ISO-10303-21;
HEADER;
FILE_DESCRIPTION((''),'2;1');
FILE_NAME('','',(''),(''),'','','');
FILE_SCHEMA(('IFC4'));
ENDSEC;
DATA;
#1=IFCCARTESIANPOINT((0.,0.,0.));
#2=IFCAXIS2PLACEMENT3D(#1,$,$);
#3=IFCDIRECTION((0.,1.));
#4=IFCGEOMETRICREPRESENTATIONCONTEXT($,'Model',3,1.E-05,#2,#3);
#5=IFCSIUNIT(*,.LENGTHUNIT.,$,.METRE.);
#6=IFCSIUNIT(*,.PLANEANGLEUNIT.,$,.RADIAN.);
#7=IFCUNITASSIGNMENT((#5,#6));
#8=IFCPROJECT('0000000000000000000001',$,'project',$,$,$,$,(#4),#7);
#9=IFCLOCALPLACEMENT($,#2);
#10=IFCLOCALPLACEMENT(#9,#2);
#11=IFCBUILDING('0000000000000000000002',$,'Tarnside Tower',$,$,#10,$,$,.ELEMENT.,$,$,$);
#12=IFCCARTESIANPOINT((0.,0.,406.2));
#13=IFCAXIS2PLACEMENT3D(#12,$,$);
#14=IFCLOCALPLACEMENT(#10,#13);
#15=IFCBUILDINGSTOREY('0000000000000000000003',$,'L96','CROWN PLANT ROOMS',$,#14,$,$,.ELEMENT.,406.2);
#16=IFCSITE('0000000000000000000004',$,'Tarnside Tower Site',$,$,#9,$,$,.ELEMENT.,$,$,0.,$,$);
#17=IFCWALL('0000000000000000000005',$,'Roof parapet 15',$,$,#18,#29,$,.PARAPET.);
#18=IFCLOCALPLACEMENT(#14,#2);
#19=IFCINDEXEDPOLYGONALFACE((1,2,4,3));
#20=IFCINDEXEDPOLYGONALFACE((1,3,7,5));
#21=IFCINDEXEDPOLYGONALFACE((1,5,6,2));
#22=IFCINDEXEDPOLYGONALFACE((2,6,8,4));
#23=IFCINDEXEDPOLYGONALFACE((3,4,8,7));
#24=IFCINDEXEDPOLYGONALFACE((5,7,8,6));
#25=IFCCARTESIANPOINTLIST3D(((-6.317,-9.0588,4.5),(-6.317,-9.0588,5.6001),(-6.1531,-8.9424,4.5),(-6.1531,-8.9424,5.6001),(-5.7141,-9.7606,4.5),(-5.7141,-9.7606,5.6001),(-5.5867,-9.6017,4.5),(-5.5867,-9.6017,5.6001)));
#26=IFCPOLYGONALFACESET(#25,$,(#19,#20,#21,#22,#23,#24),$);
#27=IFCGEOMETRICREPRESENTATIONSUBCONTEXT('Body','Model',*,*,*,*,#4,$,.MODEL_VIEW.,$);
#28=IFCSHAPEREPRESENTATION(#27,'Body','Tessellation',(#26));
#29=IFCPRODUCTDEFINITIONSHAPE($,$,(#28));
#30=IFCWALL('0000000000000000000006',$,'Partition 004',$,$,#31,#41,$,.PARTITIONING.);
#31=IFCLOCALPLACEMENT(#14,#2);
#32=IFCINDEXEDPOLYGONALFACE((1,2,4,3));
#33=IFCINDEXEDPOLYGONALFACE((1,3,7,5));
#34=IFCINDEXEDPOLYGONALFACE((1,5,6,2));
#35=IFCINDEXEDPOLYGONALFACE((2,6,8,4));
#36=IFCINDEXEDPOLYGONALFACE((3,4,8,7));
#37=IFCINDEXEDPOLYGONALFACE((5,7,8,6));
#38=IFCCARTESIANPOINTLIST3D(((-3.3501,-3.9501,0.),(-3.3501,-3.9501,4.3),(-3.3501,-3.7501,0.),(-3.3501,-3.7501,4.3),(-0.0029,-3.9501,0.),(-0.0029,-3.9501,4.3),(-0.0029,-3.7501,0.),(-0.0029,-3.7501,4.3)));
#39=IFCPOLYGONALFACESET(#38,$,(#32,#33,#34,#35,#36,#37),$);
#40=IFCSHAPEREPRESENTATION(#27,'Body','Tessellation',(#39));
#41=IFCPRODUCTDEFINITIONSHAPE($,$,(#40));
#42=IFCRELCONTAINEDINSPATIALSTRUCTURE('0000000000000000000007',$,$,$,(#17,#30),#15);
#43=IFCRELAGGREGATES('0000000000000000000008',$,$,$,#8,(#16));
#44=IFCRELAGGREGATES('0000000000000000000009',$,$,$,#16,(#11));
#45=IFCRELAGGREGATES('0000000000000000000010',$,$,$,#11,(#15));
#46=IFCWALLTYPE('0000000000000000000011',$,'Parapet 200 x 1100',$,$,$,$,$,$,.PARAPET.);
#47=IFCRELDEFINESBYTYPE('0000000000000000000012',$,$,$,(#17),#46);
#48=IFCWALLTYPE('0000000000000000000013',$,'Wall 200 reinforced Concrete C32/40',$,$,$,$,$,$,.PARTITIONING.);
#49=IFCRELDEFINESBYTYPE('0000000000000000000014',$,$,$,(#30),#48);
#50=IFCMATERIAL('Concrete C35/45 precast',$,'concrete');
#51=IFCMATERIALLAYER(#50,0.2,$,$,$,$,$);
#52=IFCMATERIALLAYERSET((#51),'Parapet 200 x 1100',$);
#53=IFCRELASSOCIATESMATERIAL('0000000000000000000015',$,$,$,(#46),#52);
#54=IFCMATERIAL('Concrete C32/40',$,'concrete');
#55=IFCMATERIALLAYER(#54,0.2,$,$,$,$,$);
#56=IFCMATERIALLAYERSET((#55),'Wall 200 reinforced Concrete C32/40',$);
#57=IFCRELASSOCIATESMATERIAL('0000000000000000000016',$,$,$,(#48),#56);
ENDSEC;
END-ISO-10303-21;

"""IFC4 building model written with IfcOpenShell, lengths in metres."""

from ifc_helpers import new_model, si_unit, direction, frame, frame_2d, origin, place, context, subcontext, project, spatial, polyline, rectangle, outline, extrude, material, layer, layer_set, type_object, element, save


model = new_model("IFC4")

# Units and contexts
model_context = context("Model", 3, precision=1e-05, world=origin(), true_north=direction((0.0, 1.0)))
body_context = subcontext(model_context, "Body", "Model", "MODEL_VIEW")
ifc_project = project(units=[si_unit("LENGTHUNIT", "METRE"), si_unit("PLANEANGLEUNIT", "RADIAN")], contexts=[model_context])

# Site, building, storey
site_placement = place(None, origin())
site = spatial("IfcSite", under=ifc_project, at=site_placement, Name="Tarnside Tower Site", CompositionType="ELEMENT", RefElevation=0.0)
building_placement = place(site_placement, origin())
building = spatial("IfcBuilding", under=site, at=building_placement, Name="Tarnside Tower", CompositionType="ELEMENT")
storey_placement = place(building_placement, frame((0.0, 0.0, 406.2)))
storey = spatial("IfcBuildingStorey", under=building, at=storey_placement, Name="L96", Description="CROWN PLANT ROOMS", CompositionType="ELEMENT", Elevation=406.2)

# Walls
ifc_material_1 = material(Name="Concrete C35/45 precast", Category="concrete")
ifc_layer_1 = layer(ifc_material_1, 0.2)
ifc_layer_set_1 = layer_set([ifc_layer_1], Name="Parapet 200 x 1100")
wall_type_1 = type_object("IfcWallType", Name="Parapet 200 x 1100", PredefinedType="PARAPET", material=ifc_layer_set_1)
wall_1_placement = place(storey_placement, frame((-5.6504, -9.6812, 4.5), z_axis=(0.0, 0.0, 1.0), x_axis=(-0.65162, 0.758546, 0.0)))
element("IfcWall", 1, at=wall_1_placement, inside=storey, type_object=wall_type_1, Name="Roof parapet 15", PredefinedType="PARAPET", context=body_context, shape_type="SweptSolid", body=[
    extrude(outline(polyline([(0.0188, -0.1001), (0.8879, -0.1001), (0.9065, 0.1001), (-0.0188, 0.1001), (0.0188, -0.1001)])), origin(), (0.0, 0.0, 1.0), 1.1001),
])
ifc_material_2 = material(Name="Concrete C32/40", Category="concrete")
ifc_layer_2 = layer(ifc_material_2, 0.2)
ifc_layer_set_2 = layer_set([ifc_layer_2], Name="Wall 200 reinforced Concrete C32/40")
wall_type_2 = type_object("IfcWallType", Name="Wall 200 reinforced Concrete C32/40", PredefinedType="PARTITIONING", material=ifc_layer_set_2)
wall_2_placement = place(storey_placement, frame((-0.0029, -3.8501, 0.0), z_axis=(0.0, 0.0, 1.0), x_axis=(-1.0, 0.0, 0.0)))
element("IfcWall", 2, at=wall_2_placement, inside=storey, type_object=wall_type_2, Name="Partition 004", PredefinedType="PARTITIONING", context=body_context, shape_type="SweptSolid", body=[
    extrude(rectangle(XDim=3.3472, YDim=0.2, at=frame_2d((1.6736, 0.0))), origin(), (0.0, 0.0, 1.0), 4.3),
])

save(model, "model.ifc")
